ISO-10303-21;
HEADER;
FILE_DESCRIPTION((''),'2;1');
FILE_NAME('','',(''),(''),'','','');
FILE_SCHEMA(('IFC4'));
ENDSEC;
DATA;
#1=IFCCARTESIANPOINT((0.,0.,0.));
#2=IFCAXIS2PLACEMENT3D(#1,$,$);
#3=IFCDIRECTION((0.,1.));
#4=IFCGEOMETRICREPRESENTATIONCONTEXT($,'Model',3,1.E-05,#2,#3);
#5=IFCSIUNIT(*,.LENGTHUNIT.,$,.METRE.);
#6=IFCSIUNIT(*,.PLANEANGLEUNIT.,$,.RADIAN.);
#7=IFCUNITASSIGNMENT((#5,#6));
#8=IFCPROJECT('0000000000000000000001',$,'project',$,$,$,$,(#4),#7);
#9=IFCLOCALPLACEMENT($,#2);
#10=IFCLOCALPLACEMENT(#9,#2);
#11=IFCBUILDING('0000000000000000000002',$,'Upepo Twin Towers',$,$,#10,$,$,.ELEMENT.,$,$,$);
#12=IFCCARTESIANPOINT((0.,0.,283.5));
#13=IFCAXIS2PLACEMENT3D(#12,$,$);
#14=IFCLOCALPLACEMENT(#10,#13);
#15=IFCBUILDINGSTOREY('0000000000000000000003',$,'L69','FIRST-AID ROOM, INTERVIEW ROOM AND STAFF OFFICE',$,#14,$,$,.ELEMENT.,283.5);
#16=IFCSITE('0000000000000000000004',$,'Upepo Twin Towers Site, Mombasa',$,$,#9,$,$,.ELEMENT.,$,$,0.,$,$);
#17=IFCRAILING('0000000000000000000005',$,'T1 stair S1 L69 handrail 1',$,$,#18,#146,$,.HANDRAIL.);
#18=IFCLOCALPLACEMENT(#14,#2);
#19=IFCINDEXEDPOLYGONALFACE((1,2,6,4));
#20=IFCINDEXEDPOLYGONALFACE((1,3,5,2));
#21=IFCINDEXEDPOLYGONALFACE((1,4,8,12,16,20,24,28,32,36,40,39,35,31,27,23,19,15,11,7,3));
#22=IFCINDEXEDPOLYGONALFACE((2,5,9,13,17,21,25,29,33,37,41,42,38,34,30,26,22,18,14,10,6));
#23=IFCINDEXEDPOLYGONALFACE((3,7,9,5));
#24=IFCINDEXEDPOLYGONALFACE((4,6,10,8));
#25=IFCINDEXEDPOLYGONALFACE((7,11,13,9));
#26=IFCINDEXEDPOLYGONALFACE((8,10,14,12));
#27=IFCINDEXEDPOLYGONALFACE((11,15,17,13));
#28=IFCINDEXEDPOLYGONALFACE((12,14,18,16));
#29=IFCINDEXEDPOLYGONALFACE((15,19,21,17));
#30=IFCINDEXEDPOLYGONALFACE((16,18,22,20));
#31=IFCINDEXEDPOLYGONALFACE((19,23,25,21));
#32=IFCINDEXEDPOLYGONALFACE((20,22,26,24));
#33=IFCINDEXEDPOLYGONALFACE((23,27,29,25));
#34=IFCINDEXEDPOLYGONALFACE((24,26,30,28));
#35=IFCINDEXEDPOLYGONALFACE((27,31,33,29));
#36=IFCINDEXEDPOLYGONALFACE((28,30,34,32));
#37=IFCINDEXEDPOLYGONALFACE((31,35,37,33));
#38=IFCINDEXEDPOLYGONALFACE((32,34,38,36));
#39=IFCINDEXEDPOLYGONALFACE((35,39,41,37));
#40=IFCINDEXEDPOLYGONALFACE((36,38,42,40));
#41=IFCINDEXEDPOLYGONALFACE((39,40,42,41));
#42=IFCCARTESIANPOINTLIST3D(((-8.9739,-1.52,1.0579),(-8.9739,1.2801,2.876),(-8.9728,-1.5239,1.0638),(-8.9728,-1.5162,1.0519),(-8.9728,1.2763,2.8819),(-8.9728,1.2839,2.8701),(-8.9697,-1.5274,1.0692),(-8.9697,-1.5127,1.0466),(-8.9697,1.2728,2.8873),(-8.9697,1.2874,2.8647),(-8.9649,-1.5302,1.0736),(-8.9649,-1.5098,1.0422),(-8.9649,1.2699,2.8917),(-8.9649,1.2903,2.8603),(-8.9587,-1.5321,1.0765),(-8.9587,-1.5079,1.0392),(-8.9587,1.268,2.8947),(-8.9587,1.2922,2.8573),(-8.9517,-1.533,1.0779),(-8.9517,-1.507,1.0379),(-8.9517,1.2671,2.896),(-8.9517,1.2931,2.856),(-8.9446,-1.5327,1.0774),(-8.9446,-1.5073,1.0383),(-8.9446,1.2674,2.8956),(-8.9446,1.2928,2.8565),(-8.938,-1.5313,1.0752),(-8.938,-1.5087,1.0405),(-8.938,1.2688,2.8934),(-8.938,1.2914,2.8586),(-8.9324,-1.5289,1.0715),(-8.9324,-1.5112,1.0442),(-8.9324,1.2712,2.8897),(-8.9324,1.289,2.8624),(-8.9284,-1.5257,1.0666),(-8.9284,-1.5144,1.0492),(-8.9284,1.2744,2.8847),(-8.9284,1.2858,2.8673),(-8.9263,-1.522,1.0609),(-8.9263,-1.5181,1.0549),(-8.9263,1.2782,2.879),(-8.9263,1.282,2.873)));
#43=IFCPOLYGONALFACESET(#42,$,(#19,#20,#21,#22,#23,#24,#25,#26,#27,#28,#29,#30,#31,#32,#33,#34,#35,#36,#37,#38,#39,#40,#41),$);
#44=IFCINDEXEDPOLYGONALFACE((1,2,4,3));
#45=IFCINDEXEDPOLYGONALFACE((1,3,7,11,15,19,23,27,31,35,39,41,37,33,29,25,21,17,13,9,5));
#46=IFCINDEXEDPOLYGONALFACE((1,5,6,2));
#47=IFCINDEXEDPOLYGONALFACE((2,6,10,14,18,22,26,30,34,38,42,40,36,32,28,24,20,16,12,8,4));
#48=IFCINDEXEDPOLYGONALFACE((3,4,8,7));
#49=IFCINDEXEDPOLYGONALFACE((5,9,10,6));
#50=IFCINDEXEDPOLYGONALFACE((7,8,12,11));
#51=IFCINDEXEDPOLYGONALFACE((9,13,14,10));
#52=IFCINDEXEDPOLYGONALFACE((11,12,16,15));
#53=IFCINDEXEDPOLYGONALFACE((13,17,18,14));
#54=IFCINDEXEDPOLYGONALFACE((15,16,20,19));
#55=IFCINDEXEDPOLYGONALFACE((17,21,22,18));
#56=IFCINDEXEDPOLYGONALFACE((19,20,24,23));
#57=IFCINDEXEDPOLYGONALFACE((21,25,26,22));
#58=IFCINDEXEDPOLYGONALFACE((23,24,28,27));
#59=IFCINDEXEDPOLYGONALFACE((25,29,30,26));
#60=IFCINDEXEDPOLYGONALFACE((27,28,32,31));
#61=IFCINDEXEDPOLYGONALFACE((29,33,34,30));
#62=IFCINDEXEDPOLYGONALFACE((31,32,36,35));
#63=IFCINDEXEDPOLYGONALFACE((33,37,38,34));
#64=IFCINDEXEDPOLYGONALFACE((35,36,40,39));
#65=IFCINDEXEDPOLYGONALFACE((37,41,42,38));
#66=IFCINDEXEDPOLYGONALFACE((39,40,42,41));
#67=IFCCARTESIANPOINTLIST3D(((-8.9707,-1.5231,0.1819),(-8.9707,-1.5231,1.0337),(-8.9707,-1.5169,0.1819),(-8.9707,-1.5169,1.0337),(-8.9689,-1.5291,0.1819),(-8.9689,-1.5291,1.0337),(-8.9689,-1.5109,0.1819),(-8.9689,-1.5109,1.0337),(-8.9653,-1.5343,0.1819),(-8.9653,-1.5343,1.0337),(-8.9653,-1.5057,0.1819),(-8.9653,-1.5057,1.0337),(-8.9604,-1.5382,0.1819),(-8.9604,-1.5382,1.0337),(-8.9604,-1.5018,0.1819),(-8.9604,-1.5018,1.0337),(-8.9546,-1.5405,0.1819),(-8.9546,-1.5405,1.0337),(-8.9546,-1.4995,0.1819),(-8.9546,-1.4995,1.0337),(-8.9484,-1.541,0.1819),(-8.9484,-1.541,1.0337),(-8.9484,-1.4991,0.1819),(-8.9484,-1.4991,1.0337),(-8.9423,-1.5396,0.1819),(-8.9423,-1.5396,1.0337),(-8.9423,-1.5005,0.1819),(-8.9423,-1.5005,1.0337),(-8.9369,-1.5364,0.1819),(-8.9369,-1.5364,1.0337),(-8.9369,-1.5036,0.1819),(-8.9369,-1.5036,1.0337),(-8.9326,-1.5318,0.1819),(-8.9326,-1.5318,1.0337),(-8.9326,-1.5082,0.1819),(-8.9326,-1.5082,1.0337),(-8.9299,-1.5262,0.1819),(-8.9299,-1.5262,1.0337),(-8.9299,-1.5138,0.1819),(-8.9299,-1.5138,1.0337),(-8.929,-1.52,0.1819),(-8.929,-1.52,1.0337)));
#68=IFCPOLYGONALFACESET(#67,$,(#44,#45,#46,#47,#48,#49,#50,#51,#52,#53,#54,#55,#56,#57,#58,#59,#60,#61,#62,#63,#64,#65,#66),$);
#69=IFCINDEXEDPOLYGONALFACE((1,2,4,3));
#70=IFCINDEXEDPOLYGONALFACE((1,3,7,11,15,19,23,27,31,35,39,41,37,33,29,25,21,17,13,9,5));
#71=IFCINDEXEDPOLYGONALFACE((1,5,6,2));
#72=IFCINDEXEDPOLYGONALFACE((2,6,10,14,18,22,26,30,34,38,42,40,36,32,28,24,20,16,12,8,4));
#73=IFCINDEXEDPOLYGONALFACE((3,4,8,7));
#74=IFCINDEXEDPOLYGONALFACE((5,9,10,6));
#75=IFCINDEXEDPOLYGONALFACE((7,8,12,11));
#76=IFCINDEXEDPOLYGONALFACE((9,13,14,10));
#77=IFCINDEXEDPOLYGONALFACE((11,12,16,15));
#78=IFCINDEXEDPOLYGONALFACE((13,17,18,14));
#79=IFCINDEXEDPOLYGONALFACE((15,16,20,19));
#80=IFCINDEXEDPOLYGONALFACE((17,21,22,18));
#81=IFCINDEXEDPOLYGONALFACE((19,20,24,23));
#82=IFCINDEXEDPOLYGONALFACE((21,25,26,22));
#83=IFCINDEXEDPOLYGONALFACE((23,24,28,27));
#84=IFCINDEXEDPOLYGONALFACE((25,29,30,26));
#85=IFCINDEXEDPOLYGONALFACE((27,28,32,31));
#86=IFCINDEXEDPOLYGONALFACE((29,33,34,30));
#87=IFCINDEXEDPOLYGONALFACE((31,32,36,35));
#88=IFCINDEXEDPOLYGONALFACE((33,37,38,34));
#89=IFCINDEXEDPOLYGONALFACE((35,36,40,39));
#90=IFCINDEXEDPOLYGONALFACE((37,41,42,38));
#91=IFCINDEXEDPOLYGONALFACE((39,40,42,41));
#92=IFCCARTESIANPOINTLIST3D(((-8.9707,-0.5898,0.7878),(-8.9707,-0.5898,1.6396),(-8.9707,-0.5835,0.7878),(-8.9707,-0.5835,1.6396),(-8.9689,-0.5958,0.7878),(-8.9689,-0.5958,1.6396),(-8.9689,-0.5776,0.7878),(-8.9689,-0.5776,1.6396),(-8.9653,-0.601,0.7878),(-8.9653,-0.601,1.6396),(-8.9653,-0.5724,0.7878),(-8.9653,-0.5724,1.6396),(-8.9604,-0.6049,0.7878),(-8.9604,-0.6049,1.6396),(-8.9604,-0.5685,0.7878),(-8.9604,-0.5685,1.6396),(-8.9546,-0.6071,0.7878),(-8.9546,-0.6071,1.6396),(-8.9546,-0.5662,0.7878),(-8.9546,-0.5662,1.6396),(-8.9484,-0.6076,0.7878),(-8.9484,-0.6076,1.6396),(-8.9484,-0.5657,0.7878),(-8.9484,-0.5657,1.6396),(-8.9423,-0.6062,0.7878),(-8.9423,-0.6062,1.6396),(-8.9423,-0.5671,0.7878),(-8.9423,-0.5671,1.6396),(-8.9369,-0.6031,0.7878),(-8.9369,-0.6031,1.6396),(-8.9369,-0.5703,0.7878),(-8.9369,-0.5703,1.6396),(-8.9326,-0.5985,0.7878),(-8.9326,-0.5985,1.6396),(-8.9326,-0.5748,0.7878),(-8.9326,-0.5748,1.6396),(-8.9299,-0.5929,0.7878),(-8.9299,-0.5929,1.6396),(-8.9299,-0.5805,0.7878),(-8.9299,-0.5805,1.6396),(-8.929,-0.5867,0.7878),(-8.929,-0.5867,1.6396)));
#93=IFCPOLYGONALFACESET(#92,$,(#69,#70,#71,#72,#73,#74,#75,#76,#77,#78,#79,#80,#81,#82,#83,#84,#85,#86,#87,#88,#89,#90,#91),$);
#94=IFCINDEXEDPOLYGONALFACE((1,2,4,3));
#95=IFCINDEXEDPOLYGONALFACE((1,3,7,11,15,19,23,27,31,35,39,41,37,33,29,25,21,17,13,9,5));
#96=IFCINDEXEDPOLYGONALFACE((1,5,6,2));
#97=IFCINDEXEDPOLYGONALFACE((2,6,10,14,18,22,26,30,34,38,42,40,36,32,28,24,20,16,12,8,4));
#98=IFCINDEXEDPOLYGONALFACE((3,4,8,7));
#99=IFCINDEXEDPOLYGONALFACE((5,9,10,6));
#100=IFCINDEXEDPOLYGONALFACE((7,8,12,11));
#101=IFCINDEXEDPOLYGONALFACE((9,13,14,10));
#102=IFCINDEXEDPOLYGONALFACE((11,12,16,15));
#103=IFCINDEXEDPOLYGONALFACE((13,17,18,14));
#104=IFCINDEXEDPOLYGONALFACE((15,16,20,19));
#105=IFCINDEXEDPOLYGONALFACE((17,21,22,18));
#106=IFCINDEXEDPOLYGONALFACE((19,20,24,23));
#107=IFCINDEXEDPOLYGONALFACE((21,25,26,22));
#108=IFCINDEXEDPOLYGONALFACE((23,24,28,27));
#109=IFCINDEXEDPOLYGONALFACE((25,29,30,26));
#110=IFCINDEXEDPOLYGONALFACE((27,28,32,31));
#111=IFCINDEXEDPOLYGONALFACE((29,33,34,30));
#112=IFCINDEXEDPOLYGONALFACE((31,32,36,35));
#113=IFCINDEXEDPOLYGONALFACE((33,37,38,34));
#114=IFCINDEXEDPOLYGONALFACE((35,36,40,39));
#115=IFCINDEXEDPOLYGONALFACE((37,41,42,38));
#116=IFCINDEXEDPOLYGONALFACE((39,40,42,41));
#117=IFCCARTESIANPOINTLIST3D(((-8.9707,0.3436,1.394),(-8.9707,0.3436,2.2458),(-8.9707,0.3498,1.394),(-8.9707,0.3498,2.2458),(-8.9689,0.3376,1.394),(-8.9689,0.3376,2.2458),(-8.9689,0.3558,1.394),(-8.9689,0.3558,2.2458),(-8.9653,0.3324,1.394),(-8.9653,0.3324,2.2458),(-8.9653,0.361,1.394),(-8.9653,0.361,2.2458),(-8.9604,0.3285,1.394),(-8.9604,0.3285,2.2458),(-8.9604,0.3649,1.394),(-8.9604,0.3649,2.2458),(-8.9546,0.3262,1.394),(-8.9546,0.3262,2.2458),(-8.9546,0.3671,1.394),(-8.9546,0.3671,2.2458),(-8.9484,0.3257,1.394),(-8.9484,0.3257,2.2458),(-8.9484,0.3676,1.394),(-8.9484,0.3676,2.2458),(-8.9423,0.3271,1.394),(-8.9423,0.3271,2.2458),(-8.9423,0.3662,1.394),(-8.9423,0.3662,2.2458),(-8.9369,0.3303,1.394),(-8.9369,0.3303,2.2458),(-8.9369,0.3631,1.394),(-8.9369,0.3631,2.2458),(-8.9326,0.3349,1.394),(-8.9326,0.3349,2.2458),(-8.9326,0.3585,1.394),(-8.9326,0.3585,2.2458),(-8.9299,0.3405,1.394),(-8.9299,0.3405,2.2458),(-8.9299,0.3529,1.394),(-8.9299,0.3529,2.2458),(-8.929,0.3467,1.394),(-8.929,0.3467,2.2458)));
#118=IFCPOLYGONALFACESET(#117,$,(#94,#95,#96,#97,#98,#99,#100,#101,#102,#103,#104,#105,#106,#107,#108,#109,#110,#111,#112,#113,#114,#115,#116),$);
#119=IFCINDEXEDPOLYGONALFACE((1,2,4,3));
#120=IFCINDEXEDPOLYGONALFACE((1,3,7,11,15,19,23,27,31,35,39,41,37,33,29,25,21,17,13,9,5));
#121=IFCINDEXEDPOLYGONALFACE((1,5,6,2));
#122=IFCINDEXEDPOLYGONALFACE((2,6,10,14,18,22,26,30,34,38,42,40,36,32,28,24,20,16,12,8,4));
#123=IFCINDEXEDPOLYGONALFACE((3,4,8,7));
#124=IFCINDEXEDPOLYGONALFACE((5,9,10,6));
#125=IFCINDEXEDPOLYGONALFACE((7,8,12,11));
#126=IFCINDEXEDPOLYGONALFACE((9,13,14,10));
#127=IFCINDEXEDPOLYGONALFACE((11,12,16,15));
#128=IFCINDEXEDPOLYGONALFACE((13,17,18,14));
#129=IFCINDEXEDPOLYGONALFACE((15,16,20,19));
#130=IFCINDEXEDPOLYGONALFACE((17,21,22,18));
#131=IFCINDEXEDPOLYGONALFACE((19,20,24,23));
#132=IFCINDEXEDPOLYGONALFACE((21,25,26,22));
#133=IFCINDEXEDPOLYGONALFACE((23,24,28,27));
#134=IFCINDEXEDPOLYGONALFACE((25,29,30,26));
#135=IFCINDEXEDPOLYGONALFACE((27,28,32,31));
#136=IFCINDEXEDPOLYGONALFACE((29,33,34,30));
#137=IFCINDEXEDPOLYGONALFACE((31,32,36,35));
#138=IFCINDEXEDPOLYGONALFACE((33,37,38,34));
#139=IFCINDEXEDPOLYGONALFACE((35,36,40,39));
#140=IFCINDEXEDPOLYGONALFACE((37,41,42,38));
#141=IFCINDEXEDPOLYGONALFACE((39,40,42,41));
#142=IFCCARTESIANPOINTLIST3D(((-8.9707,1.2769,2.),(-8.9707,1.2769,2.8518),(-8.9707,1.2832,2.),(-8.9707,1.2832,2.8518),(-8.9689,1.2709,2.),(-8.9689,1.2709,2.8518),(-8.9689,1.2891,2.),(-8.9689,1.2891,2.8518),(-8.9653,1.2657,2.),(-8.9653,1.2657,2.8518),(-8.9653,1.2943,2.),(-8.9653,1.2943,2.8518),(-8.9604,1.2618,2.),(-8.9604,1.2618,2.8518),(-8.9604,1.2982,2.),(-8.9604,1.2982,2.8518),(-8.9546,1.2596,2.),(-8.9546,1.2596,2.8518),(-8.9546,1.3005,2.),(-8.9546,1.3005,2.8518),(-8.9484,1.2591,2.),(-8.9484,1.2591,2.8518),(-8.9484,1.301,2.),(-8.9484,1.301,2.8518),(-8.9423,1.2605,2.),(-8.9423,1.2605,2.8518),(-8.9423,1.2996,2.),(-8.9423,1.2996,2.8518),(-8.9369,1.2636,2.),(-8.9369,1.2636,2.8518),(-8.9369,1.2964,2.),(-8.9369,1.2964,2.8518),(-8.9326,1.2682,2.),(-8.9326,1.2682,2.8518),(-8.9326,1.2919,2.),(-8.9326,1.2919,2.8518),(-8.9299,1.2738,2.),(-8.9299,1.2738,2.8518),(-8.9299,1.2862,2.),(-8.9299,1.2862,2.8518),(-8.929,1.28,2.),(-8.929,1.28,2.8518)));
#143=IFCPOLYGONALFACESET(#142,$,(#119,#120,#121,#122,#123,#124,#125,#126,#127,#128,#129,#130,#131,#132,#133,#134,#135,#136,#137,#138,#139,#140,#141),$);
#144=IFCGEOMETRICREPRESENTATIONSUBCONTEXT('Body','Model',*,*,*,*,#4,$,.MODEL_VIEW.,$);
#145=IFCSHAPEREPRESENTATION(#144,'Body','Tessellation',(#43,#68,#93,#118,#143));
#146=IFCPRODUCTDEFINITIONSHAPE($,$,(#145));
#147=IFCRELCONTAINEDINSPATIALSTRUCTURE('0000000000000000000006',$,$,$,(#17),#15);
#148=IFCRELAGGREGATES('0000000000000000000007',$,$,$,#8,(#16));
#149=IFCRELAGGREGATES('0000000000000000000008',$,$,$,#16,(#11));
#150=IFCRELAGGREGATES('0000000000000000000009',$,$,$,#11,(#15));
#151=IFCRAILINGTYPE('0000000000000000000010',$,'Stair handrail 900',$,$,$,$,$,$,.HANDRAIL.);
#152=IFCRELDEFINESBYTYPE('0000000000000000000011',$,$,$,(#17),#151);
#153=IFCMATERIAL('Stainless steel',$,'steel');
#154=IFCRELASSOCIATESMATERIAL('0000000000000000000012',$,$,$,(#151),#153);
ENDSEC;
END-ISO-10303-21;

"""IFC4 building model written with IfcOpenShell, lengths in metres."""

from ifc_helpers import new_model, si_unit, direction, frame, origin, origin_2d, place, context, subcontext, project, spatial, circle, extrude, material, type_object, element, save


model = new_model("IFC4")

# Units and contexts
model_context = context("Model", 3, precision=1e-05, world=origin(), true_north=direction((0.0, 1.0)))
body_context = subcontext(model_context, "Body", "Model", "MODEL_VIEW")
ifc_project = project(units=[si_unit("LENGTHUNIT", "METRE"), si_unit("PLANEANGLEUNIT", "RADIAN")], contexts=[model_context])

# Site, building, storey
site_placement = place(None, origin())
site = spatial("IfcSite", under=ifc_project, at=site_placement, Name="Upepo Twin Towers Site, Mombasa", CompositionType="ELEMENT", RefElevation=0.0)
building_placement = place(site_placement, origin())
building = spatial("IfcBuilding", under=site, at=building_placement, Name="Upepo Twin Towers", CompositionType="ELEMENT")
storey_placement = place(building_placement, frame((0.0, 0.0, 283.5)))
storey = spatial("IfcBuildingStorey", under=building, at=storey_placement, Name="L69", Description="FIRST-AID ROOM, INTERVIEW ROOM AND STAFF OFFICE", CompositionType="ELEMENT", Elevation=283.5)

# Railing
ifc_material_1 = material(Name="Stainless steel", Category="steel")
railing_type = type_object("IfcRailingType", Name="Stair handrail 900", PredefinedType="HANDRAIL", material=ifc_material_1)
railing_placement = place(storey_placement, frame((-8.95, -1.52, 0.1819)))
element("IfcRailing", 1, at=railing_placement, inside=storey, type_object=railing_type, Name="T1 stair S1 L69 handrail 1", PredefinedType="HANDRAIL", context=body_context, shape_type="SweptSolid", body=[
    extrude(circle(Radius=0.0239, at=origin_2d()), frame((0.0, 0.0, 0.876), z_axis=(0.0, 0.838706, 0.544585), x_axis=(-1.0, 0.0, 0.0)), (0.0, 0.0, 1.0), 3.3386),
    extrude(circle(Radius=0.021, at=origin_2d()), origin(), (0.0, 0.0, 1.0), 0.8518),
    extrude(circle(Radius=0.021, at=origin_2d()), frame((0.0, 0.9333, 0.606)), (0.0, 0.0, 1.0), 0.8518),
    extrude(circle(Radius=0.021, at=origin_2d()), frame((0.0, 1.8667, 1.2122)), (0.0, 0.0, 1.0), 0.8518),
    extrude(circle(Radius=0.021, at=origin_2d()), frame((0.0, 2.8, 1.8181)), (0.0, 0.0, 1.0), 0.8518),
])

save(model, "model.ifc")
